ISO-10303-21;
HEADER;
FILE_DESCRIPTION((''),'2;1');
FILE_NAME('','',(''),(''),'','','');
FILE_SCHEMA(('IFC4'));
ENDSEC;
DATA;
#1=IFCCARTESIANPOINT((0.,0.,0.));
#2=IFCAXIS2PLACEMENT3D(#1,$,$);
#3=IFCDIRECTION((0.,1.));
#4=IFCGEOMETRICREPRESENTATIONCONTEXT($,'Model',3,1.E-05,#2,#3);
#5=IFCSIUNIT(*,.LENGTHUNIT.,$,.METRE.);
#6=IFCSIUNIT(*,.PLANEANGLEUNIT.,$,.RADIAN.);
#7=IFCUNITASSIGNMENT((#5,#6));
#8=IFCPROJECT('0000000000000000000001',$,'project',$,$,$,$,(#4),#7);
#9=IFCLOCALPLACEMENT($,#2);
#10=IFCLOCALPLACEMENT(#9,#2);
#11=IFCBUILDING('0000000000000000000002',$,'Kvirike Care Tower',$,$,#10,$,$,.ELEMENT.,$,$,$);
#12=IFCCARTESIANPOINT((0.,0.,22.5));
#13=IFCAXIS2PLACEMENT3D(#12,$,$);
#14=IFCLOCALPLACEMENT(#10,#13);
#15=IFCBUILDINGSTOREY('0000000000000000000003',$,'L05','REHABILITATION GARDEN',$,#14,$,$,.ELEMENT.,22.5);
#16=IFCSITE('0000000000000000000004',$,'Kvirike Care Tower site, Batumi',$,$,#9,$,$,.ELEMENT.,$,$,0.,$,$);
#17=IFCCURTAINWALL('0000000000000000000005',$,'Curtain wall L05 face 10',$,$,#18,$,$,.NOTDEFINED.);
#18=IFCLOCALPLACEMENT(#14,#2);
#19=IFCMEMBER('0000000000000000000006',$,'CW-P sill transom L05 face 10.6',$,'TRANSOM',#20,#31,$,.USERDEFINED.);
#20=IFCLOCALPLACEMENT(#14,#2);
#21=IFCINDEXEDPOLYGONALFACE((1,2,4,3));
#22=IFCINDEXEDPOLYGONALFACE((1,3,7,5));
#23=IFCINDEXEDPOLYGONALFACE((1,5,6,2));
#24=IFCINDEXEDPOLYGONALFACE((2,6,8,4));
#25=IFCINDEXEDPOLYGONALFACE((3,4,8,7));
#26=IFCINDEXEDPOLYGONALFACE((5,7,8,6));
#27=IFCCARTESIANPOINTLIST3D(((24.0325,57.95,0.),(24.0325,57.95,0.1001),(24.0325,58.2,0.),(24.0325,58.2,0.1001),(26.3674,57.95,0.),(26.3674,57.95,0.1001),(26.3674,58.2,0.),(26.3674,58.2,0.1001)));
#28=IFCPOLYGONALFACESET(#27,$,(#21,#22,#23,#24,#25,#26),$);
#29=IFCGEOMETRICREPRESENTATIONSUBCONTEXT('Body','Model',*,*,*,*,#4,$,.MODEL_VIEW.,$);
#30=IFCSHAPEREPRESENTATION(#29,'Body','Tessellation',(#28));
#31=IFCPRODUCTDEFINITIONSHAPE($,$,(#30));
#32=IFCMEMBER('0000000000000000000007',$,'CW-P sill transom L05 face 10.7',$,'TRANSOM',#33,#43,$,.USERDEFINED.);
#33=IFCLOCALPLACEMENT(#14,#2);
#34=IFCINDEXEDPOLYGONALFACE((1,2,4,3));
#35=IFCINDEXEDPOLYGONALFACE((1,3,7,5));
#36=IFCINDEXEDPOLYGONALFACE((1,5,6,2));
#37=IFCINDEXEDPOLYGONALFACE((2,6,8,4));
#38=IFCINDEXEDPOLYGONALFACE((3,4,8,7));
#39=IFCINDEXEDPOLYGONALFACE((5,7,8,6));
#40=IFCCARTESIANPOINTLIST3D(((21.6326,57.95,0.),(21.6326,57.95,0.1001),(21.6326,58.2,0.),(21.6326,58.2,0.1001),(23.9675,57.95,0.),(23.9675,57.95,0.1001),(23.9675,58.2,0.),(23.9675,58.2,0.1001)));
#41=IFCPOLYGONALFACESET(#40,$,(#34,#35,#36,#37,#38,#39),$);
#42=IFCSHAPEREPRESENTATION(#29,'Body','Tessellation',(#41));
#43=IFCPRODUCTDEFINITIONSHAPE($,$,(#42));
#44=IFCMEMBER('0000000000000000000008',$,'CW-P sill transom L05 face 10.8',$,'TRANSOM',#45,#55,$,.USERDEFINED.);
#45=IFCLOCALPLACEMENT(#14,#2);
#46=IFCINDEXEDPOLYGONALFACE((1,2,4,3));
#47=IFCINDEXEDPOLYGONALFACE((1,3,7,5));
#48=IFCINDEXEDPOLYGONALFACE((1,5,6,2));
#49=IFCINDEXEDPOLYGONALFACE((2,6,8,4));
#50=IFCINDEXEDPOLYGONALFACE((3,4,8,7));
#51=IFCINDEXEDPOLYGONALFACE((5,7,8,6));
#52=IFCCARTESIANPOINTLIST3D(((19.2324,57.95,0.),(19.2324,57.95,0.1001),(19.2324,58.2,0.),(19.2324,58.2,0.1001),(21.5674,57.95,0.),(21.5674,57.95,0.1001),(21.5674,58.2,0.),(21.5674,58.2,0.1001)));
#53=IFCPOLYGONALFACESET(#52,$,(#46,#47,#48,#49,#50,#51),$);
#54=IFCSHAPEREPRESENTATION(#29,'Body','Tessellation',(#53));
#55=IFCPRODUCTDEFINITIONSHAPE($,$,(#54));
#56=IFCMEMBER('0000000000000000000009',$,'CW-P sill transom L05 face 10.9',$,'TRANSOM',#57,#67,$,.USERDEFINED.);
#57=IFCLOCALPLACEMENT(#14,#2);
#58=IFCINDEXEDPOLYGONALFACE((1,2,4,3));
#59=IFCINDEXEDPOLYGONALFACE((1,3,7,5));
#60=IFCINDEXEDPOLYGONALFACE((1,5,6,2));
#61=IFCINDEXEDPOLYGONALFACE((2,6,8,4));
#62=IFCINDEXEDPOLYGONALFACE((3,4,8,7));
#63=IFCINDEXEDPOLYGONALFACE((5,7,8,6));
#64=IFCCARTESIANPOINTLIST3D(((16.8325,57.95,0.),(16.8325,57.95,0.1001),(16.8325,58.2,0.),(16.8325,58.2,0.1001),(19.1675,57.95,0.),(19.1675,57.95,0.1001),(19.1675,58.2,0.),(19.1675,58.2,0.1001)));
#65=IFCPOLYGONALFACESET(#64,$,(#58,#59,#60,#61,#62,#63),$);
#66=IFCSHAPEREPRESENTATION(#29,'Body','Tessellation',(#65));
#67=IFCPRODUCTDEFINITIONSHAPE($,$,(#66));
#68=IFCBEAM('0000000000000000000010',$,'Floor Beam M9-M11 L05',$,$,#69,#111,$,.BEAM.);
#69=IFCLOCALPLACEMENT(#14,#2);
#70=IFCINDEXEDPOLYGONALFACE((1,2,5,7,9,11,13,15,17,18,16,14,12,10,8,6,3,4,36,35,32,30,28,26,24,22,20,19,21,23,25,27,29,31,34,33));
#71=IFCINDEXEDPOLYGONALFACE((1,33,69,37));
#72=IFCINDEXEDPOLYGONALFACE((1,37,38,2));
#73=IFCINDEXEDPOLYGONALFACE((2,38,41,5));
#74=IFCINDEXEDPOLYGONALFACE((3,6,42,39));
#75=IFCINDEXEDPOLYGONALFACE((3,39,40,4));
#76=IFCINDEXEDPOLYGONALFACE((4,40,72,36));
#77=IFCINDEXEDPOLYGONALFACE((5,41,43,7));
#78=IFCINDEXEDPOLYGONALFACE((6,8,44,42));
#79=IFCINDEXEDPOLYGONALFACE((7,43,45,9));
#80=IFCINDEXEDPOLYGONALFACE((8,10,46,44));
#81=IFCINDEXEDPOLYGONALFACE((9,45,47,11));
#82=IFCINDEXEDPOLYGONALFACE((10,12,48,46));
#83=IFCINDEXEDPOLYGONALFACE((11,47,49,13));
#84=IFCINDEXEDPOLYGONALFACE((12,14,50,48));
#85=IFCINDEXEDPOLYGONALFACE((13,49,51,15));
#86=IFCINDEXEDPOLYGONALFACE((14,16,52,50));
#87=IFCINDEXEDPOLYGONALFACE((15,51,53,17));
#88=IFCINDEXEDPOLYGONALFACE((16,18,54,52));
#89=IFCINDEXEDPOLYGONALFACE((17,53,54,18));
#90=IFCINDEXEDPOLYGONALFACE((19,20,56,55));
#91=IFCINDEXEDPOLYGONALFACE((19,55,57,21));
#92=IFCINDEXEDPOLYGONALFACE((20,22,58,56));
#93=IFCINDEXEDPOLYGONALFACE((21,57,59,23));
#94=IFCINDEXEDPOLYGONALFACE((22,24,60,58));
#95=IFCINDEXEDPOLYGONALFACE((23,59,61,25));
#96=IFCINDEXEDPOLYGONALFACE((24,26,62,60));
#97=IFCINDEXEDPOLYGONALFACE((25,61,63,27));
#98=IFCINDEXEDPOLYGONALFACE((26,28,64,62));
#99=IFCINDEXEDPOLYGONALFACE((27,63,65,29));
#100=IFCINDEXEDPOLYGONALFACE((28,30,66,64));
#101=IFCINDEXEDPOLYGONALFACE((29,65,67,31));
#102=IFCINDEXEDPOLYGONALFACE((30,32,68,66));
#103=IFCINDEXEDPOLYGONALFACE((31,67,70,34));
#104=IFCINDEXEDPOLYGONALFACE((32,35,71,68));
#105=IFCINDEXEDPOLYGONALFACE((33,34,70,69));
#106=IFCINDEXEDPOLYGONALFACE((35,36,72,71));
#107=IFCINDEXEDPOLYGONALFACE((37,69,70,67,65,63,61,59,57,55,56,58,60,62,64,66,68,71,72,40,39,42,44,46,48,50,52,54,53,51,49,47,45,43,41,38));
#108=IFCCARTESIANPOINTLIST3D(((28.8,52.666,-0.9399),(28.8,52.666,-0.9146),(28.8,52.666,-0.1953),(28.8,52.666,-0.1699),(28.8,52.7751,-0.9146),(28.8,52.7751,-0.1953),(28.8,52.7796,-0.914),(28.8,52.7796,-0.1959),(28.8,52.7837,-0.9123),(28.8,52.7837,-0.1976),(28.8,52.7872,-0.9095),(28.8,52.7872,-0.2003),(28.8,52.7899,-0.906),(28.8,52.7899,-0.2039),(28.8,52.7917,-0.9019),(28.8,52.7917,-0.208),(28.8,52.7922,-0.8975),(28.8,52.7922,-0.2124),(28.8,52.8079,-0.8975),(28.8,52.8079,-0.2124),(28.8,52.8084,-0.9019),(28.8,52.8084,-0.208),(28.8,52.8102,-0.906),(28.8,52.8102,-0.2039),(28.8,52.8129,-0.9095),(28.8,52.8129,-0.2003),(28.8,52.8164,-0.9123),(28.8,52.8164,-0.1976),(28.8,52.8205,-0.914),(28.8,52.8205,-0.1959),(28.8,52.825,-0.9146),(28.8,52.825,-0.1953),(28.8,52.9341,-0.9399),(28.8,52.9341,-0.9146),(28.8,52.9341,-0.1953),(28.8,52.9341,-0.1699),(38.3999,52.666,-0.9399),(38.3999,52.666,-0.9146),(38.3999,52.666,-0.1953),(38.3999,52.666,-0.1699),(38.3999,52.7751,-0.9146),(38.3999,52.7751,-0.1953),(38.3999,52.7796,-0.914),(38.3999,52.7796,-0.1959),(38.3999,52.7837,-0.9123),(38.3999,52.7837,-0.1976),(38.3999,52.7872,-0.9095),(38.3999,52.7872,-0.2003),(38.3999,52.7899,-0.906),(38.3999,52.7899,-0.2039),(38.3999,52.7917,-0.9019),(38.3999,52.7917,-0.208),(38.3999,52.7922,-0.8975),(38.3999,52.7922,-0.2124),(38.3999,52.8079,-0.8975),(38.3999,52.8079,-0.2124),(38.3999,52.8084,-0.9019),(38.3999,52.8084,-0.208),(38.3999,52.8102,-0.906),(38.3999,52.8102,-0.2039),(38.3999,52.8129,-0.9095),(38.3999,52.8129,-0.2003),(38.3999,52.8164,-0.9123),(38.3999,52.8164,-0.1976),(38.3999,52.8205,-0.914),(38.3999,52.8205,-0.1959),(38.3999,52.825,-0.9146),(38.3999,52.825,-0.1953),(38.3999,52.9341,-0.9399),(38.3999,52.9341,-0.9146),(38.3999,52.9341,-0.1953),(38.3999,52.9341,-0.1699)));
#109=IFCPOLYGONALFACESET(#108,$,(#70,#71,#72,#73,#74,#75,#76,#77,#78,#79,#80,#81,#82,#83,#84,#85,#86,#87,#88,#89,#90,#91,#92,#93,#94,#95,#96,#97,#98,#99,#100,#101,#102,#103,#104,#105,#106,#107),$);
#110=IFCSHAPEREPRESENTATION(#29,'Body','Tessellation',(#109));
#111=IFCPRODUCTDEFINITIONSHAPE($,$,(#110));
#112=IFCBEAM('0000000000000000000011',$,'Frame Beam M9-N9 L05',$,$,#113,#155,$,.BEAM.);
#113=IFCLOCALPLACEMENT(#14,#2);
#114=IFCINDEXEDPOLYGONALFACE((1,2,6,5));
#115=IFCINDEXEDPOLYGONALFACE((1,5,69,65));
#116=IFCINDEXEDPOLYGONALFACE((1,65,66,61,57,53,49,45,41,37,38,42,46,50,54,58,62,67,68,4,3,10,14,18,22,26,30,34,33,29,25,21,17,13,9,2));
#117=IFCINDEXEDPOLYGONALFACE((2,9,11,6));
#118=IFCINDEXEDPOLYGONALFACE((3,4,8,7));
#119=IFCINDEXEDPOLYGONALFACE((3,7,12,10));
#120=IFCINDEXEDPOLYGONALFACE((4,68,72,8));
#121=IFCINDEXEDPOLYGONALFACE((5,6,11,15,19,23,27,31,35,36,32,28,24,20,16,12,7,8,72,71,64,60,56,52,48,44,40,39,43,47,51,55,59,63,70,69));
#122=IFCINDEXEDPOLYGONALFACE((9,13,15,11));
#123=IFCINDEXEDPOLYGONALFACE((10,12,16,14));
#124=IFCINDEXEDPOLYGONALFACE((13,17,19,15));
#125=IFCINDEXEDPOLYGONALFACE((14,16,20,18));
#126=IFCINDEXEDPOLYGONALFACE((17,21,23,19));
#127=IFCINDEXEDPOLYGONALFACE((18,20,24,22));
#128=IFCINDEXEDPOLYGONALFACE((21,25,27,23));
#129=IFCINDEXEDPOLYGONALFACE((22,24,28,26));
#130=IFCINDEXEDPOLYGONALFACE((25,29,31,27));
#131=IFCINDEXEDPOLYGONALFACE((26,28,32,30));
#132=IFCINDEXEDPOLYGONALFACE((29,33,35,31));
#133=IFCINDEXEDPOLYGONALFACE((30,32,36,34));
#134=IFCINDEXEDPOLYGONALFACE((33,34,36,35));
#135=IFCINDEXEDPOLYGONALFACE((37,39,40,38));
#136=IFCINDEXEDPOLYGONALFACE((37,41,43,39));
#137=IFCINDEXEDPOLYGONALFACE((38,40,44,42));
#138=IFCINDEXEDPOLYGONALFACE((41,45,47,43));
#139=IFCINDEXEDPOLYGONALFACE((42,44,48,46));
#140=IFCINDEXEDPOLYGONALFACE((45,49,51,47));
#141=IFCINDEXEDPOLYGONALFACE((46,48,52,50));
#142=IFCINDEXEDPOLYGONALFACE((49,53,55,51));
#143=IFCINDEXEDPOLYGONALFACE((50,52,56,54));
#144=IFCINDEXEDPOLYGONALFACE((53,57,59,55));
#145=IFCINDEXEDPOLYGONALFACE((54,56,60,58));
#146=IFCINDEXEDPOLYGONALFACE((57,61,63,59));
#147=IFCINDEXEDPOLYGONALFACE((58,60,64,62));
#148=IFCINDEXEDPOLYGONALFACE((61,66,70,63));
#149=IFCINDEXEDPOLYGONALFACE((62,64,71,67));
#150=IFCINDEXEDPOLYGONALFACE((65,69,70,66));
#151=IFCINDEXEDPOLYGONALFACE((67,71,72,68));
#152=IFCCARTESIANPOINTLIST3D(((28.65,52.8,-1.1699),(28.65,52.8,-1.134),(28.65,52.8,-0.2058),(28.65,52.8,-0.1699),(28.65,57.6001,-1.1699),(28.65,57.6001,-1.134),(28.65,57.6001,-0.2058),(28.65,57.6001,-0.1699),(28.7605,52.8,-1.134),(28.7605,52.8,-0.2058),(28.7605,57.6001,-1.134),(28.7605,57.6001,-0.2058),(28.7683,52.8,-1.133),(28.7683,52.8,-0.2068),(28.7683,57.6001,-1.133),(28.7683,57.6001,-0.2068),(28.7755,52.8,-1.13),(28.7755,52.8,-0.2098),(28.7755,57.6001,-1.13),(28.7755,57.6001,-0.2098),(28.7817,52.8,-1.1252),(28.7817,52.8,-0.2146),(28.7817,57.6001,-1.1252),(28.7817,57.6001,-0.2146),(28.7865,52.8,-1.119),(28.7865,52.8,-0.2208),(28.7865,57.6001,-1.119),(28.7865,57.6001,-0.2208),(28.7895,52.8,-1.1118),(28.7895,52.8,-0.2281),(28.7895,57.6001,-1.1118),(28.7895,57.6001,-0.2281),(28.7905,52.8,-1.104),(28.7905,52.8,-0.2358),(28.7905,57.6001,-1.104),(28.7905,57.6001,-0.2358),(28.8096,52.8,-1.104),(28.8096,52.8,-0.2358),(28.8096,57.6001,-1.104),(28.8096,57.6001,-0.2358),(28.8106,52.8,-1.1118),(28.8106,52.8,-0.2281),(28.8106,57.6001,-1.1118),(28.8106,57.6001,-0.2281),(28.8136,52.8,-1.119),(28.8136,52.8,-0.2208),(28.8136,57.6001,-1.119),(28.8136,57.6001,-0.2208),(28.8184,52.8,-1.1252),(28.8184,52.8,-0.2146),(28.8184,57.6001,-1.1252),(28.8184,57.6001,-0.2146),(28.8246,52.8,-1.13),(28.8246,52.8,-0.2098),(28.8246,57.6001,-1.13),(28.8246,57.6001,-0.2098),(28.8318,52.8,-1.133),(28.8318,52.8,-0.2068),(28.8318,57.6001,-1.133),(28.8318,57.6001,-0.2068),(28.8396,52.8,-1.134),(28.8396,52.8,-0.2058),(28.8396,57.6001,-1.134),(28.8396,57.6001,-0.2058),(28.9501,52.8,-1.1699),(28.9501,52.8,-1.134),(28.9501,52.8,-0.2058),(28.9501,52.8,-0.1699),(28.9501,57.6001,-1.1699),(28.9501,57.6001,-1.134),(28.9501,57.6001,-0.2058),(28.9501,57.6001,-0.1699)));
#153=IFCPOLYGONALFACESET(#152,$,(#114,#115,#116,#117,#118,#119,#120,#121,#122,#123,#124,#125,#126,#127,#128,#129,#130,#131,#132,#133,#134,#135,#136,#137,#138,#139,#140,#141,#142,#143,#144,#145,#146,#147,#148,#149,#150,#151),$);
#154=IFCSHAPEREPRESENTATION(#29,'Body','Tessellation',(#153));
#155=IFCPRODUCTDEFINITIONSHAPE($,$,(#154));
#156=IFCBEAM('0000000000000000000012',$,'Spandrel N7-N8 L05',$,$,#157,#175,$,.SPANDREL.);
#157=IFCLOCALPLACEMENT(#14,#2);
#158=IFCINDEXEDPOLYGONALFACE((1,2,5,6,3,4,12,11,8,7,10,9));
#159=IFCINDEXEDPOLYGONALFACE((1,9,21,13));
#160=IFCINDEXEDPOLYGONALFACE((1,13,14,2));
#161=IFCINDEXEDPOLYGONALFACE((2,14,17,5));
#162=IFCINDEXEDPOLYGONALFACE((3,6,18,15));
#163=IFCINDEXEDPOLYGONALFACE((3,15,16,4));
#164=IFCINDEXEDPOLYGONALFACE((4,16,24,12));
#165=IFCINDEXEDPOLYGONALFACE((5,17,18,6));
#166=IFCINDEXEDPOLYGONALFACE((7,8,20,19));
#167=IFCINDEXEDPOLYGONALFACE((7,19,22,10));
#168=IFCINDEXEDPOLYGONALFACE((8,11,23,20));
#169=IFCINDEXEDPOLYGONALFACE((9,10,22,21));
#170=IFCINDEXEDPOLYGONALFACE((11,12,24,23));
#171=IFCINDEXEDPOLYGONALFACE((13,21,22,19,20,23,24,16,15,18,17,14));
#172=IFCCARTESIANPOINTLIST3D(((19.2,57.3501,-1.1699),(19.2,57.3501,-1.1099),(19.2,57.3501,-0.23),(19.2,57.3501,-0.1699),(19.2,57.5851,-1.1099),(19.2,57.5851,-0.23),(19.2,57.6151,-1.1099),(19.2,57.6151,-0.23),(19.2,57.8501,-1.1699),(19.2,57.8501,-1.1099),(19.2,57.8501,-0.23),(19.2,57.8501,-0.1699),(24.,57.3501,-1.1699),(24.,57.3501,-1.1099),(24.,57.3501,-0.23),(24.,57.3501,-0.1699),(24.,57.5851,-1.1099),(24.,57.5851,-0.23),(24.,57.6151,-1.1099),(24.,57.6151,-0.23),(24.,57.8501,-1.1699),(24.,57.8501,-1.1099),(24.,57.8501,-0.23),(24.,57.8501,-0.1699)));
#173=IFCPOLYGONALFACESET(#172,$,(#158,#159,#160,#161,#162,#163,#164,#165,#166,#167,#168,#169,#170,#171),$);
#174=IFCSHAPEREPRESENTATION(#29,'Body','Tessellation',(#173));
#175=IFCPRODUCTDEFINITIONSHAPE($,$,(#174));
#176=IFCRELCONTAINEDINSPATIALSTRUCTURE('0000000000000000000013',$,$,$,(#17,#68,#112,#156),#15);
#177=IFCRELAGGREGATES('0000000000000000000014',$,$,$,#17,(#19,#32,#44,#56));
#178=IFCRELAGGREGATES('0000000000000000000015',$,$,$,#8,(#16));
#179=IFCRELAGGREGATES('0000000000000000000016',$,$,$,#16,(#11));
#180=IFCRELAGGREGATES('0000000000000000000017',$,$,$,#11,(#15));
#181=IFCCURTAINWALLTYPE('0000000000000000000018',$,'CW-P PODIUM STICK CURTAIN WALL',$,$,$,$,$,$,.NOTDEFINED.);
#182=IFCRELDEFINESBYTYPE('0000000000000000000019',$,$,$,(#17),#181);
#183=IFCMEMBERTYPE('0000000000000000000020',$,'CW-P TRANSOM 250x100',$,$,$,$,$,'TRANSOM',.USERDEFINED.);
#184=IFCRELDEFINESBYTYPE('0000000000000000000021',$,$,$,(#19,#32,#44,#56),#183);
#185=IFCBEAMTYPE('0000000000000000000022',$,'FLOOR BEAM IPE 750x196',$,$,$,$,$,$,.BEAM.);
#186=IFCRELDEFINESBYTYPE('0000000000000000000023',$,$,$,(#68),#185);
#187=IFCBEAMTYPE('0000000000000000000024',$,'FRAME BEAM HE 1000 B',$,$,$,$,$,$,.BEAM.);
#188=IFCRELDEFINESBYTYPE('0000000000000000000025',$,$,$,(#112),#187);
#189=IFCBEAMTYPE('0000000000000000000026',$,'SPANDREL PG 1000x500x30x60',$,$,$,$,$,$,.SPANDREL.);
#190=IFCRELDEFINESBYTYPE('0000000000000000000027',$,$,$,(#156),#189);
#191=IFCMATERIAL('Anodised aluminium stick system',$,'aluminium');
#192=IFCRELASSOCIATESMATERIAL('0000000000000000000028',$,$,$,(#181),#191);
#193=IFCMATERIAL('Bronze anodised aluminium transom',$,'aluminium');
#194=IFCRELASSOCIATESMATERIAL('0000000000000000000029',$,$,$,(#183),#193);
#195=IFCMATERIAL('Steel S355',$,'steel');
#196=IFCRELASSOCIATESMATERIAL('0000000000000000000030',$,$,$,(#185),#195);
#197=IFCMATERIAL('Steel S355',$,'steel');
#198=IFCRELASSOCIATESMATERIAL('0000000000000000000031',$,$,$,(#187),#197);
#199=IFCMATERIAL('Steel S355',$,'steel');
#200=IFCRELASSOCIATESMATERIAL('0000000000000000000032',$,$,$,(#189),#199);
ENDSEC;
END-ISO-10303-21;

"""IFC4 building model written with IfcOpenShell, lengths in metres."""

from ifc_helpers import new_model, si_unit, direction, frame, origin, origin_2d, place, context, subcontext, project, spatial, rectangle, i_section, extrude, material, material_profile, profile_set, type_object, element, aggregate, save


model = new_model("IFC4")

# Units and contexts
model_context = context("Model", 3, precision=1e-05, world=origin(), true_north=direction((0.0, 1.0)))
body_context = subcontext(model_context, "Body", "Model", "MODEL_VIEW")
ifc_project = project(units=[si_unit("LENGTHUNIT", "METRE"), si_unit("PLANEANGLEUNIT", "RADIAN")], contexts=[model_context])

# Site, building, storey
site_placement = place(None, origin())
site = spatial("IfcSite", under=ifc_project, at=site_placement, Name="Kvirike Care Tower site, Batumi", CompositionType="ELEMENT", RefElevation=0.0)
building_placement = place(site_placement, origin())
building = spatial("IfcBuilding", under=site, at=building_placement, Name="Kvirike Care Tower", CompositionType="ELEMENT")
storey_placement = place(building_placement, frame((0.0, 0.0, 22.5)))
storey = spatial("IfcBuildingStorey", under=building, at=storey_placement, Name="L05", Description="REHABILITATION GARDEN", CompositionType="ELEMENT", Elevation=22.5)

# Curtain wall, members
ifc_material_1 = material(Name="Anodised aluminium stick system", Category="aluminium")
curtain_wall_type = type_object("IfcCurtainWallType", Name="CW-P PODIUM STICK CURTAIN WALL", PredefinedType="NOTDEFINED", material=ifc_material_1)
curtain_wall_placement = place(storey_placement, origin())
curtain_wall = element("IfcCurtainWall", 1, at=curtain_wall_placement, inside=storey, type_object=curtain_wall_type, Name="Curtain wall L05 face 10", PredefinedType="NOTDEFINED")
ifc_material_2 = material(Name="Bronze anodised aluminium transom", Category="aluminium")
ifc_material_profile_1 = material_profile(ifc_material_2, rectangle(XDim=0.25, YDim=0.1001, at=origin_2d()), Name="CW-P TRANSOM 250x100")
ifc_profile_set_1 = profile_set([ifc_material_profile_1], Name="Bronze anodised aluminium transom")
member_type_1 = type_object("IfcMemberType", Name="CW-P TRANSOM 250x100", ElementType="TRANSOM", PredefinedType="USERDEFINED", material=ifc_profile_set_1)
member_1_placement = place(storey_placement, frame((26.3674, 58.075, 0.05), z_axis=(-1.0, 0.0, 0.0), x_axis=(0.0, -1.0, 0.0)))
member_1 = element("IfcMember", 2, at=member_1_placement, type_object=member_type_1, Name="CW-P sill transom L05 face 10.6", ObjectType="TRANSOM", PredefinedType="USERDEFINED", context=body_context, shape_type="SweptSolid", body=[
    extrude(rectangle(XDim=0.25, YDim=0.1001, at=origin_2d()), origin(), (0.0, 0.0, 1.0), 2.335),
])
member_2_placement = place(storey_placement, frame((23.9675, 58.075, 0.05), z_axis=(-1.0, 0.0, 0.0), x_axis=(0.0, -1.0, 0.0)))
member_2 = element("IfcMember", 3, at=member_2_placement, type_object=member_type_1, Name="CW-P sill transom L05 face 10.7", ObjectType="TRANSOM", PredefinedType="USERDEFINED", context=body_context, shape_type="SweptSolid", body=[
    extrude(rectangle(XDim=0.25, YDim=0.1001, at=origin_2d()), origin(), (0.0, 0.0, 1.0), 2.335),
])
member_3_placement = place(storey_placement, frame((21.5674, 58.075, 0.05), z_axis=(-1.0, 0.0, 0.0), x_axis=(0.0, -1.0, 0.0)))
member_3 = element("IfcMember", 4, at=member_3_placement, type_object=member_type_1, Name="CW-P sill transom L05 face 10.8", ObjectType="TRANSOM", PredefinedType="USERDEFINED", context=body_context, shape_type="SweptSolid", body=[
    extrude(rectangle(XDim=0.25, YDim=0.1001, at=origin_2d()), origin(), (0.0, 0.0, 1.0), 2.335),
])
member_4_placement = place(storey_placement, frame((19.1675, 58.075, 0.05), z_axis=(-1.0, 0.0, 0.0), x_axis=(0.0, -1.0, 0.0)))
member_4 = element("IfcMember", 5, at=member_4_placement, type_object=member_type_1, Name="CW-P sill transom L05 face 10.9", ObjectType="TRANSOM", PredefinedType="USERDEFINED", context=body_context, shape_type="SweptSolid", body=[
    extrude(rectangle(XDim=0.25, YDim=0.1001, at=origin_2d()), origin(), (0.0, 0.0, 1.0), 2.335),
])

# Beams
ifc_material_3 = material(Name="Steel S355", Category="steel")
ifc_material_profile_2 = material_profile(ifc_material_3, i_section(OverallWidth=0.2681, OverallDepth=0.77, WebThickness=0.0156, FlangeThickness=0.0254, FilletRadius=0.0171, at=origin_2d()), Name="IPE 750x196")
ifc_profile_set_2 = profile_set([ifc_material_profile_2], Name="Steel S355")
beam_type_1 = type_object("IfcBeamType", Name="FLOOR BEAM IPE 750x196", PredefinedType="BEAM", material=ifc_profile_set_2)
beam_1_placement = place(storey_placement, frame((28.8, 52.8, -0.5549), z_axis=(1.0, 0.0, 0.0), x_axis=(0.0, 1.0, 0.0)))
element("IfcBeam", 6, at=beam_1_placement, inside=storey, type_object=beam_type_1, Name="Floor Beam M9-M11 L05", PredefinedType="BEAM", context=body_context, shape_type="SweptSolid", body=[
    extrude(i_section(OverallWidth=0.2681, OverallDepth=0.77, WebThickness=0.0156, FlangeThickness=0.0254, FilletRadius=0.0171, at=origin_2d()), origin(), (0.0, 0.0, 1.0), 9.5999),
])
ifc_material_4 = material(Name="Steel S355", Category="steel")
ifc_material_profile_3 = material_profile(ifc_material_4, i_section(OverallWidth=0.3, OverallDepth=1.0, WebThickness=0.019, FlangeThickness=0.0359, FilletRadius=0.03, at=origin_2d()), Name="HE 1000 B")
ifc_profile_set_3 = profile_set([ifc_material_profile_3], Name="Steel S355")
beam_type_2 = type_object("IfcBeamType", Name="FRAME BEAM HE 1000 B", PredefinedType="BEAM", material=ifc_profile_set_3)
beam_2_placement = place(storey_placement, frame((28.8, 52.8, -0.6699), z_axis=(0.0, 1.0, 0.0), x_axis=(-1.0, 0.0, 0.0)))
element("IfcBeam", 7, at=beam_2_placement, inside=storey, type_object=beam_type_2, Name="Frame Beam M9-N9 L05", PredefinedType="BEAM", context=body_context, shape_type="SweptSolid", body=[
    extrude(i_section(OverallWidth=0.3, OverallDepth=1.0, WebThickness=0.019, FlangeThickness=0.0359, FilletRadius=0.03, at=origin_2d()), origin(), (0.0, 0.0, 1.0), 4.8),
])
ifc_material_5 = material(Name="Steel S355", Category="steel")
ifc_material_profile_4 = material_profile(ifc_material_5, i_section(OverallWidth=0.5, OverallDepth=1.0, WebThickness=0.03, FlangeThickness=0.0601, at=origin_2d()), Name="PG 1000x500x30x60")
ifc_profile_set_4 = profile_set([ifc_material_profile_4], Name="Steel S355")
beam_type_3 = type_object("IfcBeamType", Name="SPANDREL PG 1000x500x30x60", PredefinedType="SPANDREL", material=ifc_profile_set_4)
for number, where, z_axis, x_axis, name in (
    (8, (19.2, 57.6001, -0.6699), (1.0, 0.0, 0.0), (0.0, 1.0, 0.0), "Spandrel N7-N8 L05"),
):
    element("IfcBeam", number, at=place(storey_placement, frame(where, z_axis=z_axis, x_axis=x_axis)), inside=storey, type_object=beam_type_3, Name=name, PredefinedType="SPANDREL", context=body_context, shape_type="SweptSolid", body=[
        extrude(i_section(OverallWidth=0.5, OverallDepth=1.0, WebThickness=0.03, FlangeThickness=0.0601, at=origin_2d()), origin(), (0.0, 0.0, 1.0), 4.8),
    ])

aggregate(curtain_wall, [member_1, member_2, member_3, member_4])

save(model, "model.ifc")
